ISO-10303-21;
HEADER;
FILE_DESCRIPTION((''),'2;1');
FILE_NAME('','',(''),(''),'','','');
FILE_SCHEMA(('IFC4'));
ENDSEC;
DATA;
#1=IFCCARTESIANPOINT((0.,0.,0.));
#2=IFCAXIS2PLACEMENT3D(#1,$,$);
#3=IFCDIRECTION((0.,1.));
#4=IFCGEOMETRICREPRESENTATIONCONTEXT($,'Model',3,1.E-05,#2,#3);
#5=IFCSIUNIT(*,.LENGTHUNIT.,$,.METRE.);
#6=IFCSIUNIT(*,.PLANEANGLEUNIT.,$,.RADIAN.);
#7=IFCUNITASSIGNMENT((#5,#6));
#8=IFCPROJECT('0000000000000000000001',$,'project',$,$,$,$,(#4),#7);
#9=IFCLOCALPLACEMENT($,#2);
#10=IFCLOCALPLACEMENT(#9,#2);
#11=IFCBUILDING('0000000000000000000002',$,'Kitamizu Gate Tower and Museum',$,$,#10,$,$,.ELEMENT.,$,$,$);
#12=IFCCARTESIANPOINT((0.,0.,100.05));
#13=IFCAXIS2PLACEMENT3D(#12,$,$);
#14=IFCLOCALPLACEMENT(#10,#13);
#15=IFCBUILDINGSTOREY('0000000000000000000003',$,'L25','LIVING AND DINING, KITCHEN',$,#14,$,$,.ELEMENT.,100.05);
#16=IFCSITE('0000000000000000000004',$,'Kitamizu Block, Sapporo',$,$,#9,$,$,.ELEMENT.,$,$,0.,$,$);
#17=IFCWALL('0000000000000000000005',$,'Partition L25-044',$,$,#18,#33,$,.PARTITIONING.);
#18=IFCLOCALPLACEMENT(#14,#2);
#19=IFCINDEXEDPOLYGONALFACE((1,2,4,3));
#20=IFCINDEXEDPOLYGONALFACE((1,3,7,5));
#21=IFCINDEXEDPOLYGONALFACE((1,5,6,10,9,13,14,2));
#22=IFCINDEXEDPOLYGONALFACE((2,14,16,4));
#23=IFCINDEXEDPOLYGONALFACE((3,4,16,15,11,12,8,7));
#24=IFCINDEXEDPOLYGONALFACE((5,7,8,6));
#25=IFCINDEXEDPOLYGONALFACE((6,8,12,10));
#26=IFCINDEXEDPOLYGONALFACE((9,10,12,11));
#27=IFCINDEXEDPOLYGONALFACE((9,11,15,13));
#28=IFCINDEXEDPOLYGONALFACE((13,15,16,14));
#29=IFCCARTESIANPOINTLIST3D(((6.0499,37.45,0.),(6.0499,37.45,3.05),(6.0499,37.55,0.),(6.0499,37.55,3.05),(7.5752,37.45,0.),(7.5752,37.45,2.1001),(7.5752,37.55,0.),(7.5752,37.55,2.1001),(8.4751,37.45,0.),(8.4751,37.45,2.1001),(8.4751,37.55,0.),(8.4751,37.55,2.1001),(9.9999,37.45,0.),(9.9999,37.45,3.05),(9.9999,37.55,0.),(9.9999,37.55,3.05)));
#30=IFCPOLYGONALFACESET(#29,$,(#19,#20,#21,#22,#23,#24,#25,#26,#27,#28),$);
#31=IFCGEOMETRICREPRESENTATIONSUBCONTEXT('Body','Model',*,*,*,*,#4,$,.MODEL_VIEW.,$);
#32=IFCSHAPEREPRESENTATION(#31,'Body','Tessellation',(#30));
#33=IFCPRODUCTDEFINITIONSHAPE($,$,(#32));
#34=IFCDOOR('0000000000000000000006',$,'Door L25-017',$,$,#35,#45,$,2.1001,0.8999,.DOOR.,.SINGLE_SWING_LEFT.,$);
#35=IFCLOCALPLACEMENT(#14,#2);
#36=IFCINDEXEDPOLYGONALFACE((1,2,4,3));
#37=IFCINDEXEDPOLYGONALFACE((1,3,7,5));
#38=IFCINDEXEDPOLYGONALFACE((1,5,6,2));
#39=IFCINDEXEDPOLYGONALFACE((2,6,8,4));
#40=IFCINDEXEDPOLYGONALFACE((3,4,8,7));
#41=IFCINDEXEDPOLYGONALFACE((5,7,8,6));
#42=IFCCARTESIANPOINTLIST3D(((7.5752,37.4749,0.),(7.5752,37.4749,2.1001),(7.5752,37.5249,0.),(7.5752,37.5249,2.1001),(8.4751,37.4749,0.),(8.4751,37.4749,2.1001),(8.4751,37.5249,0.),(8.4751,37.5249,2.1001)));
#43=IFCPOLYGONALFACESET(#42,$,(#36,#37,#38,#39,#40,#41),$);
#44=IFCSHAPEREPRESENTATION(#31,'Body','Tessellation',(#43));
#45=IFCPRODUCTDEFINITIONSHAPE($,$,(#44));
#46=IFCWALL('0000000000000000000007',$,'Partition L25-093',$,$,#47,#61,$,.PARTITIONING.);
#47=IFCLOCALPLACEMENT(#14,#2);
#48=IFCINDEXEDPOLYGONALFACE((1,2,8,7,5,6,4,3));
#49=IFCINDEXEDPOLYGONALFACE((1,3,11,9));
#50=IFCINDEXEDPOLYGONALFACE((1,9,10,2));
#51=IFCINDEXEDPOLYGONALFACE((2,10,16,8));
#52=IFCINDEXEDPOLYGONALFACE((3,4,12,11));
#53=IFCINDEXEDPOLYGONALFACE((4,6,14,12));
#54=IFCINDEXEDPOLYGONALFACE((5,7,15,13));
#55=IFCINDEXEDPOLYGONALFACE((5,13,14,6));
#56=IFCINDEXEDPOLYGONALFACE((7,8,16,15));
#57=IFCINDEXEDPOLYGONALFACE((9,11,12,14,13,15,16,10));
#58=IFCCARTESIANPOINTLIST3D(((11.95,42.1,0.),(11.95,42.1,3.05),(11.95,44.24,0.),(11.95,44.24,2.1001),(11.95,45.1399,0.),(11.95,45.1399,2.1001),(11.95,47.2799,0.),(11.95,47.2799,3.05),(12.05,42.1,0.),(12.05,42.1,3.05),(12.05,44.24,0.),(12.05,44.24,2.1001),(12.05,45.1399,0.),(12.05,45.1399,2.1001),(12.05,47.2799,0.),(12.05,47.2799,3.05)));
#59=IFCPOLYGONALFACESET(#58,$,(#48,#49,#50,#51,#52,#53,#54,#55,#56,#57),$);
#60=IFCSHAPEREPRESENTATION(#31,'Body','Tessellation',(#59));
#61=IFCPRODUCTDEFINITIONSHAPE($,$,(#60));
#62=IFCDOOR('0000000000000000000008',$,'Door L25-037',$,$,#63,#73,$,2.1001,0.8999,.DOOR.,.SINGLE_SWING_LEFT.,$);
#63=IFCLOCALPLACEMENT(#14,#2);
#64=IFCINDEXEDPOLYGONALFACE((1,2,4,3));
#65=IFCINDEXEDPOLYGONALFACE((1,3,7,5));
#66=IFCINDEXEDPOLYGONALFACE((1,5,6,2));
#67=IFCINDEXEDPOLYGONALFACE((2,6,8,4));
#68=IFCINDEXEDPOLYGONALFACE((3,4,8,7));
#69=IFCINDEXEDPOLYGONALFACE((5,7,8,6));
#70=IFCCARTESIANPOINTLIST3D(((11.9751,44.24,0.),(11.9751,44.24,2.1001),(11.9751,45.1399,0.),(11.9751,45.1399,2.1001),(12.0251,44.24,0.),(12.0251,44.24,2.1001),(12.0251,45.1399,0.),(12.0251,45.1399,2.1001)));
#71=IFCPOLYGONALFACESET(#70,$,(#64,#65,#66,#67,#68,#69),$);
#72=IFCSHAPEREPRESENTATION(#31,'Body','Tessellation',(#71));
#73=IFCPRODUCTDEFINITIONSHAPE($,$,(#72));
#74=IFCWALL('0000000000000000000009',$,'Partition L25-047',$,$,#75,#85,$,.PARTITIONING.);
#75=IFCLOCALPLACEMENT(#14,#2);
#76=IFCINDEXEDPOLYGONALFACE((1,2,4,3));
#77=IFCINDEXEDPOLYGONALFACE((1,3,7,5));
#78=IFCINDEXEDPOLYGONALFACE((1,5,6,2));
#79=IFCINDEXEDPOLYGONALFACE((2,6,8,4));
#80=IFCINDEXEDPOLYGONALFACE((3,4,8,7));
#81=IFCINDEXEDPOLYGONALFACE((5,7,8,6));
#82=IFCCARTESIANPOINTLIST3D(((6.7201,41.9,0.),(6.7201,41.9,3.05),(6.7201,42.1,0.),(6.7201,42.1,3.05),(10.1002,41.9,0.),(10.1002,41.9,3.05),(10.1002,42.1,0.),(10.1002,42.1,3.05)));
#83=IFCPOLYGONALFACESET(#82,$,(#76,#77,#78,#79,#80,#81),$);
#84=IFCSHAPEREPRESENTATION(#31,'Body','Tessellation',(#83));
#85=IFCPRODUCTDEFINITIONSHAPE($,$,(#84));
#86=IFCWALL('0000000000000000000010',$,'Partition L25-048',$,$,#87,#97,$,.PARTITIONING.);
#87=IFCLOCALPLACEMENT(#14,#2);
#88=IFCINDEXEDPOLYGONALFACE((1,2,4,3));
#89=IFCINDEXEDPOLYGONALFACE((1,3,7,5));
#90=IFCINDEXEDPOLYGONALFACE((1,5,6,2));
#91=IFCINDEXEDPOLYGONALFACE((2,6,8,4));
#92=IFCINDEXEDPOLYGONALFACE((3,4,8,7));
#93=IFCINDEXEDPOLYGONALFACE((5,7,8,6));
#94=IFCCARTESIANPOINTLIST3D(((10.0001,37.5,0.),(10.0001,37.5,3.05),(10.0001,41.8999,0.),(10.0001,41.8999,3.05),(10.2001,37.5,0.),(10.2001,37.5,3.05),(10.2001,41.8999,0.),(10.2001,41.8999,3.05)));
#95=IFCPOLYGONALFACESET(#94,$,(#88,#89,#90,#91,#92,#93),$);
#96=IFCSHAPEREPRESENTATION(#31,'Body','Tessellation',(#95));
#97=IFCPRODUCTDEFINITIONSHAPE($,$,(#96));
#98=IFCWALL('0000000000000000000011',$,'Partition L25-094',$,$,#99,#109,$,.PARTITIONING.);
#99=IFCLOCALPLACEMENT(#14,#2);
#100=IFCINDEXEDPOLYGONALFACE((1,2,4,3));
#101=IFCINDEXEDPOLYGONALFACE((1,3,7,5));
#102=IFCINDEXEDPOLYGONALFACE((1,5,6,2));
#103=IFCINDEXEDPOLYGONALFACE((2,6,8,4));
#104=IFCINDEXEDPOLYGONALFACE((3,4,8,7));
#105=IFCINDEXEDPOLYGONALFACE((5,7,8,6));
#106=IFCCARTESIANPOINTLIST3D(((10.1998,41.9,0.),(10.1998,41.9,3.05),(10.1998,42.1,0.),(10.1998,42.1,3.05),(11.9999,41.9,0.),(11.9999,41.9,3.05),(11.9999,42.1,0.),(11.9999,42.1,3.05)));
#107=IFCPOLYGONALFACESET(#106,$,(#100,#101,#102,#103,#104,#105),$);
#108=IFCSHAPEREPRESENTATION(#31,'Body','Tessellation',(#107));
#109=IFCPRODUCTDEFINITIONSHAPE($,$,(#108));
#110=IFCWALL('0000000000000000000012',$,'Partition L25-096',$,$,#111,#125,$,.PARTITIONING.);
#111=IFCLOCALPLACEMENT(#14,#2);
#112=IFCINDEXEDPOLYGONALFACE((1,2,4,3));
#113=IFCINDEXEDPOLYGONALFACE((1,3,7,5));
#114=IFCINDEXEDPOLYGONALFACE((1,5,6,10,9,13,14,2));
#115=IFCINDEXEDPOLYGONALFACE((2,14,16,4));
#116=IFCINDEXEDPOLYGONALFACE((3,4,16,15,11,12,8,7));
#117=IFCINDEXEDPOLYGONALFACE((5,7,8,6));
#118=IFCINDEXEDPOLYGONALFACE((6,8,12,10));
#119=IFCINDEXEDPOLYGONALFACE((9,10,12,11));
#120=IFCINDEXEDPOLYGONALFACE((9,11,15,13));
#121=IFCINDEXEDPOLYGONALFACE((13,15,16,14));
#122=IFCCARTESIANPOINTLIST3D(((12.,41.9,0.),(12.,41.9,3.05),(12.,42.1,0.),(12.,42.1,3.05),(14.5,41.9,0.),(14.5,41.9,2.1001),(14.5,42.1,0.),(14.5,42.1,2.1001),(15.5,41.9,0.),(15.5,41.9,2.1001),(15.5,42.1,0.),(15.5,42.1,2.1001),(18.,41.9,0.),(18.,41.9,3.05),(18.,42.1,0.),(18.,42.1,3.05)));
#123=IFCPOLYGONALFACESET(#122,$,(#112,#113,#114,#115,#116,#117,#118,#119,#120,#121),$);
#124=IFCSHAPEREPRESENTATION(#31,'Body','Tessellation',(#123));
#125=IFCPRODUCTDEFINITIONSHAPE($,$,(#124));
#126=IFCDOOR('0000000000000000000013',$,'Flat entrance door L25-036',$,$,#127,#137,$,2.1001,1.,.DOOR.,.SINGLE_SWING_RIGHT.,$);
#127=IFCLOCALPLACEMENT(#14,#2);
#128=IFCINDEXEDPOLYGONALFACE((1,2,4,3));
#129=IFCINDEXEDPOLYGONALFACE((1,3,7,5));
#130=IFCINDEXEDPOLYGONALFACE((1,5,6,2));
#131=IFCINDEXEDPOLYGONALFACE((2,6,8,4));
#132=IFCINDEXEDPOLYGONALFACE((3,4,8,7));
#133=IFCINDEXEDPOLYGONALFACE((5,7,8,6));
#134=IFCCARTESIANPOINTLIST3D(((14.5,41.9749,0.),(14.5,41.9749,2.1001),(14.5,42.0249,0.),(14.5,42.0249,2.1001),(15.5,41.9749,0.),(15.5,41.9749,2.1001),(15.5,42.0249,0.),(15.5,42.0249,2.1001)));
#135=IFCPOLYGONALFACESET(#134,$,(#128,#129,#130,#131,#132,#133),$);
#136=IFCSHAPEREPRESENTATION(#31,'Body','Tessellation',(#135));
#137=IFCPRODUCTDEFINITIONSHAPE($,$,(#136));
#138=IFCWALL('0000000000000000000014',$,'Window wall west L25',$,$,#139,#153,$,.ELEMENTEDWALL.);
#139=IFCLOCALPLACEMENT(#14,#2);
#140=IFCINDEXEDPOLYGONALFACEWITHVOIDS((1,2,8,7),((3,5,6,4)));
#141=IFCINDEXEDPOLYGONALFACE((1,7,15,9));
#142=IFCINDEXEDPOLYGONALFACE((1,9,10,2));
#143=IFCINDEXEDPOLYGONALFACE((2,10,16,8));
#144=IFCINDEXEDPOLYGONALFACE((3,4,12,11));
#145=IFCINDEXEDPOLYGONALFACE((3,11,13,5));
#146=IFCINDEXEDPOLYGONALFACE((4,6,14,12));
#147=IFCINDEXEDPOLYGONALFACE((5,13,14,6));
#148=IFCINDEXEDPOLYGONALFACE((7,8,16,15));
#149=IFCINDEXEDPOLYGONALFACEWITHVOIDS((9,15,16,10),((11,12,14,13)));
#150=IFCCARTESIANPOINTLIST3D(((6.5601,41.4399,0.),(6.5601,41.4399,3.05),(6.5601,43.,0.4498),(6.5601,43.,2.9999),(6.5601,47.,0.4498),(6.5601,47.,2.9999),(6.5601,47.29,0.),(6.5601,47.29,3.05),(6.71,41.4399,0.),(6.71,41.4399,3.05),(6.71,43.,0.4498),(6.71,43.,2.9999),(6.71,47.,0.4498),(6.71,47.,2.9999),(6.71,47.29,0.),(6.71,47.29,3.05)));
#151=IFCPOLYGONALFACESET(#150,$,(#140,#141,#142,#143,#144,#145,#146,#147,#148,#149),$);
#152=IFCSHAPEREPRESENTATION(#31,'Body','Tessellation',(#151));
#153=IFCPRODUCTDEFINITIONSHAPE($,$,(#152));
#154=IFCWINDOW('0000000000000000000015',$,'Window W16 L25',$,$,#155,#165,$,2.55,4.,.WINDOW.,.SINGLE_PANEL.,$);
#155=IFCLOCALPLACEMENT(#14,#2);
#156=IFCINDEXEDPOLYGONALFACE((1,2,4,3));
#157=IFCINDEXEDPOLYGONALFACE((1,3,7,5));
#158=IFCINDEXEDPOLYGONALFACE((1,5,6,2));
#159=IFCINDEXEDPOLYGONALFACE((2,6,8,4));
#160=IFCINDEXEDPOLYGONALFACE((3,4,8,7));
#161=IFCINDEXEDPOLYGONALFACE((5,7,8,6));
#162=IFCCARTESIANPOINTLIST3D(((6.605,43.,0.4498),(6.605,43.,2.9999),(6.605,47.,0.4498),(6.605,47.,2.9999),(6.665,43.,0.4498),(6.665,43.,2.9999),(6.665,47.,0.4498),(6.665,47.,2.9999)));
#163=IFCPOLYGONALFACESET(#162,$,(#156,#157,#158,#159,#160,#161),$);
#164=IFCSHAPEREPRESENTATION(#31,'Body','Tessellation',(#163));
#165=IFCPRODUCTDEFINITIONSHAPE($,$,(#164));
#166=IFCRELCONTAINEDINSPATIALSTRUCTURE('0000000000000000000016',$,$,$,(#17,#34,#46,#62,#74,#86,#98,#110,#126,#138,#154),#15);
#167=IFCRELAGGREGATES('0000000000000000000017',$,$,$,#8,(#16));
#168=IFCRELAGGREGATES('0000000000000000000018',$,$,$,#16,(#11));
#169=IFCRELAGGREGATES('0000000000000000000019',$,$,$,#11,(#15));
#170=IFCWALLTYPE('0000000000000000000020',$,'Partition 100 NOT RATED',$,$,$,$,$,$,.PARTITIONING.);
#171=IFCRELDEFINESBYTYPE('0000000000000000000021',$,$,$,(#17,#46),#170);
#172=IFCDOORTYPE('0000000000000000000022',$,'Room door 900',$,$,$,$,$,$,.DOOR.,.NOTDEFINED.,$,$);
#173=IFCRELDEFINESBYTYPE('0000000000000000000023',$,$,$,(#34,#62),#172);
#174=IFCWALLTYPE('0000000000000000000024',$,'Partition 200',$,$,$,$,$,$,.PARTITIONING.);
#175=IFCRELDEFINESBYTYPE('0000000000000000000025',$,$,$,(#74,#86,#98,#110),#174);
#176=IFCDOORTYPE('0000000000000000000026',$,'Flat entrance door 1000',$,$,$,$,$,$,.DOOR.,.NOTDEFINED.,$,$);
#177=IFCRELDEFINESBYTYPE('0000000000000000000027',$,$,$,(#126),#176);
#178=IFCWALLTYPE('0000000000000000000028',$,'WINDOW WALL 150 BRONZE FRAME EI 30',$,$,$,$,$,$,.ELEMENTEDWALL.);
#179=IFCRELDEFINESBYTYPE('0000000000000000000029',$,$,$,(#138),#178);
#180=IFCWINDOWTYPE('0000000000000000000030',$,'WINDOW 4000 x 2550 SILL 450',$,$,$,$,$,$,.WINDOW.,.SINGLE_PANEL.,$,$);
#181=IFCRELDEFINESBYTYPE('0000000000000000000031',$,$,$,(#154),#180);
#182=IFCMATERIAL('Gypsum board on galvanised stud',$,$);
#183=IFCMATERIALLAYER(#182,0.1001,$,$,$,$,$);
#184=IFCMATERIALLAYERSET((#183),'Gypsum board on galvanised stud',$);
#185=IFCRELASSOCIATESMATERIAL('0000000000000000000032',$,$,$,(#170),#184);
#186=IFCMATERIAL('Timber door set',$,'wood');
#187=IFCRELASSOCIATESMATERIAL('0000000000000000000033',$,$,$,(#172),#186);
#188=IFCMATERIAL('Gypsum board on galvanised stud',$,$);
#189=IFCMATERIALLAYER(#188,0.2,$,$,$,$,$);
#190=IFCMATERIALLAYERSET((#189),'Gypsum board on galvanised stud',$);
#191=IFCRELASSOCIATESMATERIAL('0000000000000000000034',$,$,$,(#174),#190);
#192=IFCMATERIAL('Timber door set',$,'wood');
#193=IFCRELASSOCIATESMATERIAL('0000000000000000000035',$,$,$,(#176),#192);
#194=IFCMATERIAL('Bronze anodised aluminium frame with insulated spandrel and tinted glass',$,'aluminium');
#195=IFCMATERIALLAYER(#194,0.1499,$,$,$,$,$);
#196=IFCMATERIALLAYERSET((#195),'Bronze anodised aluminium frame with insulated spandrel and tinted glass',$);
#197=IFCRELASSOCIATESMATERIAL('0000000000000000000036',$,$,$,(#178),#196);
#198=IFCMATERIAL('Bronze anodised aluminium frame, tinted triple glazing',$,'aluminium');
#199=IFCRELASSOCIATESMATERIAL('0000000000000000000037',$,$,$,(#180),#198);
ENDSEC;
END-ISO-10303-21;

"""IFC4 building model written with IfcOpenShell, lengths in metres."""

from ifc_helpers import new_model, si_unit, direction, frame, frame_2d, origin, place, context, subcontext, project, spatial, rectangle, extrude, material, layer, layer_set, type_object, element, fill, save


model = new_model("IFC4")

# Units and contexts
model_context = context("Model", 3, precision=1e-05, world=origin(), true_north=direction((0.0, 1.0)))
body_context = subcontext(model_context, "Body", "Model", "MODEL_VIEW")
ifc_project = project(units=[si_unit("LENGTHUNIT", "METRE"), si_unit("PLANEANGLEUNIT", "RADIAN")], contexts=[model_context])

# Site, building, storey
site_placement = place(None, origin())
site = spatial("IfcSite", under=ifc_project, at=site_placement, Name="Kitamizu Block, Sapporo", CompositionType="ELEMENT", RefElevation=0.0)
building_placement = place(site_placement, origin())
building = spatial("IfcBuilding", under=site, at=building_placement, Name="Kitamizu Gate Tower and Museum", CompositionType="ELEMENT")
storey_placement = place(building_placement, frame((0.0, 0.0, 100.05)))
storey = spatial("IfcBuildingStorey", under=building, at=storey_placement, Name="L25", Description="LIVING AND DINING, KITCHEN", CompositionType="ELEMENT", Elevation=100.05)

# Walls, openings, doors
ifc_material_1 = material(Name="Gypsum board on galvanised stud")
ifc_layer_1 = layer(ifc_material_1, 0.1001)
ifc_layer_set_1 = layer_set([ifc_layer_1], Name="Gypsum board on galvanised stud")
wall_type_1 = type_object("IfcWallType", Name="Partition 100 NOT RATED", PredefinedType="PARTITIONING", material=ifc_layer_set_1)
wall_1_placement = place(storey_placement, frame((10.0, 37.5, 0.0), z_axis=(0.0, 0.0, 1.0), x_axis=(-1.0, 0.0, 0.0)))
wall_1 = element("IfcWall", 1, at=wall_1_placement, inside=storey, type_object=wall_type_1, Name="Partition L25-044", PredefinedType="PARTITIONING", context=body_context, shape_type="SweptSolid", body=[
    extrude(rectangle(XDim=3.95, YDim=0.1001, at=frame_2d((1.9751, 0.0))), origin(), (0.0, 0.0, 1.0), 3.05),
])
opening_1_placement = place(wall_1_placement, frame((1.5249, 0.0, 0.0)))
opening_1 = element("IfcOpeningElement", 2, at=opening_1_placement, cuts=wall_1, PredefinedType="OPENING", context=body_context, shape_type="SweptSolid", body=[
    extrude(rectangle(XDim=0.8999, YDim=2.1001, at=frame_2d((0.45, 1.05))), frame((0.0, 0.0601, 0.0), z_axis=(0.0, -1.0, 0.0), x_axis=(1.0, 0.0, 0.0)), (0.0, 0.0, 1.0), 0.1201),
])
ifc_material_2 = material(Name="Timber door set", Category="wood")
door_type_1 = type_object("IfcDoorType", Name="Room door 900", OperationType="NOTDEFINED", PredefinedType="DOOR", material=ifc_material_2)
door_1_placement = place(opening_1_placement, frame((0.8999, 0.0, 0.0), x_axis=(-1.0, 0.0, 0.0)))
door_1 = element("IfcDoor", 3, at=door_1_placement, inside=storey, type_object=door_type_1, Name="Door L25-017", OperationType="SINGLE_SWING_LEFT", OverallHeight=2.1001, OverallWidth=0.8999, PredefinedType="DOOR", context=body_context, shape_type="SweptSolid", body=[
    extrude(rectangle(XDim=0.8999, YDim=2.1001, at=frame_2d((0.45, 1.05))), frame((0.0, 0.0249, 0.0), z_axis=(0.0, -1.0, 0.0), x_axis=(1.0, 0.0, 0.0)), (0.0, 0.0, 1.0), 0.05),
])
fill(opening_1, door_1)
wall_2_placement = place(storey_placement, frame((12.0, 42.1001, 0.0), z_axis=(0.0, 0.0, 1.0), x_axis=(0.0, 1.0, 0.0)))
wall_2 = element("IfcWall", 4, at=wall_2_placement, inside=storey, type_object=wall_type_1, Name="Partition L25-093", PredefinedType="PARTITIONING", context=body_context, shape_type="SweptSolid", body=[
    extrude(rectangle(XDim=5.1799, YDim=0.1001, at=frame_2d((2.5898, 0.0))), origin(), (0.0, 0.0, 1.0), 3.05),
])
opening_2_placement = place(wall_2_placement, frame((2.1399, 0.0, 0.0)))
opening_2 = element("IfcOpeningElement", 5, at=opening_2_placement, cuts=wall_2, PredefinedType="OPENING", context=body_context, shape_type="SweptSolid", body=[
    extrude(rectangle(XDim=0.8999, YDim=2.1001, at=frame_2d((0.45, 1.05))), frame((0.0, 0.0601, 0.0), z_axis=(0.0, -1.0, 0.0), x_axis=(1.0, 0.0, 0.0)), (0.0, 0.0, 1.0), 0.1201),
])
door_2_placement = place(opening_2_placement, origin())
door_2 = element("IfcDoor", 6, at=door_2_placement, inside=storey, type_object=door_type_1, Name="Door L25-037", OperationType="SINGLE_SWING_LEFT", OverallHeight=2.1001, OverallWidth=0.8999, PredefinedType="DOOR", context=body_context, shape_type="SweptSolid", body=[
    extrude(rectangle(XDim=0.8999, YDim=2.1001, at=frame_2d((0.45, 1.05))), frame((0.0, 0.0249, 0.0), z_axis=(0.0, -1.0, 0.0), x_axis=(1.0, 0.0, 0.0)), (0.0, 0.0, 1.0), 0.05),
])
fill(opening_2, door_2)

# Walls
ifc_material_3 = material(Name="Gypsum board on galvanised stud")
ifc_layer_2 = layer(ifc_material_3, 0.2)
ifc_layer_set_2 = layer_set([ifc_layer_2], Name="Gypsum board on galvanised stud")
wall_type_2 = type_object("IfcWallType", Name="Partition 200", PredefinedType="PARTITIONING", material=ifc_layer_set_2)
wall_3_placement = place(storey_placement, frame((10.1001, 42.0, 0.0), z_axis=(0.0, 0.0, 1.0), x_axis=(-1.0, 0.0, 0.0)))
element("IfcWall", 7, at=wall_3_placement, inside=storey, type_object=wall_type_2, Name="Partition L25-047", PredefinedType="PARTITIONING", context=body_context, shape_type="SweptSolid", body=[
    extrude(rectangle(XDim=3.3801, YDim=0.2, at=frame_2d((1.6899, 0.0))), origin(), (0.0, 0.0, 1.0), 3.05),
])
wall_4_placement = place(storey_placement, frame((10.1001, 37.5, 0.0), z_axis=(0.0, 0.0, 1.0), x_axis=(0.0, 1.0, 0.0)))
element("IfcWall", 8, at=wall_4_placement, inside=storey, type_object=wall_type_2, Name="Partition L25-048", PredefinedType="PARTITIONING", context=body_context, shape_type="SweptSolid", body=[
    extrude(rectangle(XDim=4.3999, YDim=0.2, at=frame_2d((2.2, 0.0))), origin(), (0.0, 0.0, 1.0), 3.05),
])
wall_5_placement = place(storey_placement, frame((10.2, 42.0, 0.0), z_axis=(0.0, 0.0, 1.0), x_axis=(1.0, 0.0, 0.0)))
element("IfcWall", 9, at=wall_5_placement, inside=storey, type_object=wall_type_2, Name="Partition L25-094", PredefinedType="PARTITIONING", context=body_context, shape_type="SweptSolid", body=[
    extrude(rectangle(XDim=1.8, YDim=0.2, at=frame_2d((0.8999, 0.0))), origin(), (0.0, 0.0, 1.0), 3.05),
])

# Wall, opening, door
wall_6_placement = place(storey_placement, frame((12.0, 42.0, 0.0), z_axis=(0.0, 0.0, 1.0), x_axis=(1.0, 0.0, 0.0)))
wall_6 = element("IfcWall", 10, at=wall_6_placement, inside=storey, type_object=wall_type_2, Name="Partition L25-096", PredefinedType="PARTITIONING", context=body_context, shape_type="SweptSolid", body=[
    extrude(rectangle(XDim=6.0, YDim=0.2, at=frame_2d((3.0, 0.0))), origin(), (0.0, 0.0, 1.0), 3.05),
])
opening_3_placement = place(wall_6_placement, frame((2.5, 0.0, 0.0)))
opening_3 = element("IfcOpeningElement", 11, at=opening_3_placement, cuts=wall_6, PredefinedType="OPENING", context=body_context, shape_type="SweptSolid", body=[
    extrude(rectangle(XDim=1.0, YDim=2.1001, at=frame_2d((0.5, 1.05))), frame((0.0, 0.1099, 0.0), z_axis=(0.0, -1.0, 0.0), x_axis=(1.0, 0.0, 0.0)), (0.0, 0.0, 1.0), 0.22),
])
ifc_material_4 = material(Name="Timber door set", Category="wood")
door_type_2 = type_object("IfcDoorType", Name="Flat entrance door 1000", OperationType="NOTDEFINED", PredefinedType="DOOR", material=ifc_material_4)
door_3_placement = place(opening_3_placement, origin())
door_3 = element("IfcDoor", 12, at=door_3_placement, inside=storey, type_object=door_type_2, Name="Flat entrance door L25-036", OperationType="SINGLE_SWING_RIGHT", OverallHeight=2.1001, OverallWidth=1.0, PredefinedType="DOOR", context=body_context, shape_type="SweptSolid", body=[
    extrude(rectangle(XDim=1.0, YDim=2.1001, at=frame_2d((0.5, 1.05))), frame((0.0, 0.0249, 0.0), z_axis=(0.0, -1.0, 0.0), x_axis=(1.0, 0.0, 0.0)), (0.0, 0.0, 1.0), 0.05),
])
fill(opening_3, door_3)

# Shared definitions
ifc_material_5 = material(Name="Bronze anodised aluminium frame with insulated spandrel and tinted glass", Category="aluminium")
ifc_layer_3 = layer(ifc_material_5, 0.1499)
ifc_layer_set_3 = layer_set([ifc_layer_3], Name="Bronze anodised aluminium frame with insulated spandrel and tinted glass")
wall_type_3 = type_object("IfcWallType", Name="WINDOW WALL 150 BRONZE FRAME EI 30", PredefinedType="ELEMENTEDWALL", material=ifc_layer_set_3)

# Wall, opening, window
wall_7_placement = place(storey_placement, frame((6.635, 41.4399, 0.0), z_axis=(0.0, 0.0, 1.0), x_axis=(0.0, 1.0, 0.0)))
wall_7 = element("IfcWall", 13, at=wall_7_placement, inside=storey, type_object=wall_type_3, Name="Window wall west L25", PredefinedType="ELEMENTEDWALL", context=body_context, shape_type="SweptSolid", body=[
    extrude(rectangle(XDim=5.8501, YDim=0.1499, at=frame_2d((2.925, 0.0))), origin(), (0.0, 0.0, 1.0), 3.05),
])
opening_4_placement = place(wall_7_placement, frame((1.5601, 0.0, 0.45)))
opening_4 = element("IfcOpeningElement", 14, at=opening_4_placement, cuts=wall_7, PredefinedType="OPENING", context=body_context, shape_type="SweptSolid", body=[
    extrude(rectangle(XDim=4.0, YDim=2.55, at=frame_2d((2.0, 1.2749))), frame((0.0, 0.085, 0.0), z_axis=(0.0, -1.0, 0.0), x_axis=(1.0, 0.0, 0.0)), (0.0, 0.0, 1.0), 0.1699),
])
ifc_material_6 = material(Name="Bronze anodised aluminium frame, tinted triple glazing", Category="aluminium")
window_type_1 = type_object("IfcWindowType", Name="WINDOW 4000 x 2550 SILL 450", PartitioningType="SINGLE_PANEL", PredefinedType="WINDOW", material=ifc_material_6)
window_1_placement = place(opening_4_placement, origin())
window_1 = element("IfcWindow", 15, at=window_1_placement, inside=storey, type_object=window_type_1, Name="Window W16 L25", OverallHeight=2.55, OverallWidth=4.0, PartitioningType="SINGLE_PANEL", PredefinedType="WINDOW", context=body_context, shape_type="SweptSolid", body=[
    extrude(rectangle(XDim=4.0, YDim=2.55, at=frame_2d((2.0, 1.2749))), frame((0.0, 0.03, 0.0), z_axis=(0.0, -1.0, 0.0), x_axis=(1.0, 0.0, 0.0)), (0.0, 0.0, 1.0), 0.0601),
])
fill(opening_4, window_1)

save(model, "model.ifc")
